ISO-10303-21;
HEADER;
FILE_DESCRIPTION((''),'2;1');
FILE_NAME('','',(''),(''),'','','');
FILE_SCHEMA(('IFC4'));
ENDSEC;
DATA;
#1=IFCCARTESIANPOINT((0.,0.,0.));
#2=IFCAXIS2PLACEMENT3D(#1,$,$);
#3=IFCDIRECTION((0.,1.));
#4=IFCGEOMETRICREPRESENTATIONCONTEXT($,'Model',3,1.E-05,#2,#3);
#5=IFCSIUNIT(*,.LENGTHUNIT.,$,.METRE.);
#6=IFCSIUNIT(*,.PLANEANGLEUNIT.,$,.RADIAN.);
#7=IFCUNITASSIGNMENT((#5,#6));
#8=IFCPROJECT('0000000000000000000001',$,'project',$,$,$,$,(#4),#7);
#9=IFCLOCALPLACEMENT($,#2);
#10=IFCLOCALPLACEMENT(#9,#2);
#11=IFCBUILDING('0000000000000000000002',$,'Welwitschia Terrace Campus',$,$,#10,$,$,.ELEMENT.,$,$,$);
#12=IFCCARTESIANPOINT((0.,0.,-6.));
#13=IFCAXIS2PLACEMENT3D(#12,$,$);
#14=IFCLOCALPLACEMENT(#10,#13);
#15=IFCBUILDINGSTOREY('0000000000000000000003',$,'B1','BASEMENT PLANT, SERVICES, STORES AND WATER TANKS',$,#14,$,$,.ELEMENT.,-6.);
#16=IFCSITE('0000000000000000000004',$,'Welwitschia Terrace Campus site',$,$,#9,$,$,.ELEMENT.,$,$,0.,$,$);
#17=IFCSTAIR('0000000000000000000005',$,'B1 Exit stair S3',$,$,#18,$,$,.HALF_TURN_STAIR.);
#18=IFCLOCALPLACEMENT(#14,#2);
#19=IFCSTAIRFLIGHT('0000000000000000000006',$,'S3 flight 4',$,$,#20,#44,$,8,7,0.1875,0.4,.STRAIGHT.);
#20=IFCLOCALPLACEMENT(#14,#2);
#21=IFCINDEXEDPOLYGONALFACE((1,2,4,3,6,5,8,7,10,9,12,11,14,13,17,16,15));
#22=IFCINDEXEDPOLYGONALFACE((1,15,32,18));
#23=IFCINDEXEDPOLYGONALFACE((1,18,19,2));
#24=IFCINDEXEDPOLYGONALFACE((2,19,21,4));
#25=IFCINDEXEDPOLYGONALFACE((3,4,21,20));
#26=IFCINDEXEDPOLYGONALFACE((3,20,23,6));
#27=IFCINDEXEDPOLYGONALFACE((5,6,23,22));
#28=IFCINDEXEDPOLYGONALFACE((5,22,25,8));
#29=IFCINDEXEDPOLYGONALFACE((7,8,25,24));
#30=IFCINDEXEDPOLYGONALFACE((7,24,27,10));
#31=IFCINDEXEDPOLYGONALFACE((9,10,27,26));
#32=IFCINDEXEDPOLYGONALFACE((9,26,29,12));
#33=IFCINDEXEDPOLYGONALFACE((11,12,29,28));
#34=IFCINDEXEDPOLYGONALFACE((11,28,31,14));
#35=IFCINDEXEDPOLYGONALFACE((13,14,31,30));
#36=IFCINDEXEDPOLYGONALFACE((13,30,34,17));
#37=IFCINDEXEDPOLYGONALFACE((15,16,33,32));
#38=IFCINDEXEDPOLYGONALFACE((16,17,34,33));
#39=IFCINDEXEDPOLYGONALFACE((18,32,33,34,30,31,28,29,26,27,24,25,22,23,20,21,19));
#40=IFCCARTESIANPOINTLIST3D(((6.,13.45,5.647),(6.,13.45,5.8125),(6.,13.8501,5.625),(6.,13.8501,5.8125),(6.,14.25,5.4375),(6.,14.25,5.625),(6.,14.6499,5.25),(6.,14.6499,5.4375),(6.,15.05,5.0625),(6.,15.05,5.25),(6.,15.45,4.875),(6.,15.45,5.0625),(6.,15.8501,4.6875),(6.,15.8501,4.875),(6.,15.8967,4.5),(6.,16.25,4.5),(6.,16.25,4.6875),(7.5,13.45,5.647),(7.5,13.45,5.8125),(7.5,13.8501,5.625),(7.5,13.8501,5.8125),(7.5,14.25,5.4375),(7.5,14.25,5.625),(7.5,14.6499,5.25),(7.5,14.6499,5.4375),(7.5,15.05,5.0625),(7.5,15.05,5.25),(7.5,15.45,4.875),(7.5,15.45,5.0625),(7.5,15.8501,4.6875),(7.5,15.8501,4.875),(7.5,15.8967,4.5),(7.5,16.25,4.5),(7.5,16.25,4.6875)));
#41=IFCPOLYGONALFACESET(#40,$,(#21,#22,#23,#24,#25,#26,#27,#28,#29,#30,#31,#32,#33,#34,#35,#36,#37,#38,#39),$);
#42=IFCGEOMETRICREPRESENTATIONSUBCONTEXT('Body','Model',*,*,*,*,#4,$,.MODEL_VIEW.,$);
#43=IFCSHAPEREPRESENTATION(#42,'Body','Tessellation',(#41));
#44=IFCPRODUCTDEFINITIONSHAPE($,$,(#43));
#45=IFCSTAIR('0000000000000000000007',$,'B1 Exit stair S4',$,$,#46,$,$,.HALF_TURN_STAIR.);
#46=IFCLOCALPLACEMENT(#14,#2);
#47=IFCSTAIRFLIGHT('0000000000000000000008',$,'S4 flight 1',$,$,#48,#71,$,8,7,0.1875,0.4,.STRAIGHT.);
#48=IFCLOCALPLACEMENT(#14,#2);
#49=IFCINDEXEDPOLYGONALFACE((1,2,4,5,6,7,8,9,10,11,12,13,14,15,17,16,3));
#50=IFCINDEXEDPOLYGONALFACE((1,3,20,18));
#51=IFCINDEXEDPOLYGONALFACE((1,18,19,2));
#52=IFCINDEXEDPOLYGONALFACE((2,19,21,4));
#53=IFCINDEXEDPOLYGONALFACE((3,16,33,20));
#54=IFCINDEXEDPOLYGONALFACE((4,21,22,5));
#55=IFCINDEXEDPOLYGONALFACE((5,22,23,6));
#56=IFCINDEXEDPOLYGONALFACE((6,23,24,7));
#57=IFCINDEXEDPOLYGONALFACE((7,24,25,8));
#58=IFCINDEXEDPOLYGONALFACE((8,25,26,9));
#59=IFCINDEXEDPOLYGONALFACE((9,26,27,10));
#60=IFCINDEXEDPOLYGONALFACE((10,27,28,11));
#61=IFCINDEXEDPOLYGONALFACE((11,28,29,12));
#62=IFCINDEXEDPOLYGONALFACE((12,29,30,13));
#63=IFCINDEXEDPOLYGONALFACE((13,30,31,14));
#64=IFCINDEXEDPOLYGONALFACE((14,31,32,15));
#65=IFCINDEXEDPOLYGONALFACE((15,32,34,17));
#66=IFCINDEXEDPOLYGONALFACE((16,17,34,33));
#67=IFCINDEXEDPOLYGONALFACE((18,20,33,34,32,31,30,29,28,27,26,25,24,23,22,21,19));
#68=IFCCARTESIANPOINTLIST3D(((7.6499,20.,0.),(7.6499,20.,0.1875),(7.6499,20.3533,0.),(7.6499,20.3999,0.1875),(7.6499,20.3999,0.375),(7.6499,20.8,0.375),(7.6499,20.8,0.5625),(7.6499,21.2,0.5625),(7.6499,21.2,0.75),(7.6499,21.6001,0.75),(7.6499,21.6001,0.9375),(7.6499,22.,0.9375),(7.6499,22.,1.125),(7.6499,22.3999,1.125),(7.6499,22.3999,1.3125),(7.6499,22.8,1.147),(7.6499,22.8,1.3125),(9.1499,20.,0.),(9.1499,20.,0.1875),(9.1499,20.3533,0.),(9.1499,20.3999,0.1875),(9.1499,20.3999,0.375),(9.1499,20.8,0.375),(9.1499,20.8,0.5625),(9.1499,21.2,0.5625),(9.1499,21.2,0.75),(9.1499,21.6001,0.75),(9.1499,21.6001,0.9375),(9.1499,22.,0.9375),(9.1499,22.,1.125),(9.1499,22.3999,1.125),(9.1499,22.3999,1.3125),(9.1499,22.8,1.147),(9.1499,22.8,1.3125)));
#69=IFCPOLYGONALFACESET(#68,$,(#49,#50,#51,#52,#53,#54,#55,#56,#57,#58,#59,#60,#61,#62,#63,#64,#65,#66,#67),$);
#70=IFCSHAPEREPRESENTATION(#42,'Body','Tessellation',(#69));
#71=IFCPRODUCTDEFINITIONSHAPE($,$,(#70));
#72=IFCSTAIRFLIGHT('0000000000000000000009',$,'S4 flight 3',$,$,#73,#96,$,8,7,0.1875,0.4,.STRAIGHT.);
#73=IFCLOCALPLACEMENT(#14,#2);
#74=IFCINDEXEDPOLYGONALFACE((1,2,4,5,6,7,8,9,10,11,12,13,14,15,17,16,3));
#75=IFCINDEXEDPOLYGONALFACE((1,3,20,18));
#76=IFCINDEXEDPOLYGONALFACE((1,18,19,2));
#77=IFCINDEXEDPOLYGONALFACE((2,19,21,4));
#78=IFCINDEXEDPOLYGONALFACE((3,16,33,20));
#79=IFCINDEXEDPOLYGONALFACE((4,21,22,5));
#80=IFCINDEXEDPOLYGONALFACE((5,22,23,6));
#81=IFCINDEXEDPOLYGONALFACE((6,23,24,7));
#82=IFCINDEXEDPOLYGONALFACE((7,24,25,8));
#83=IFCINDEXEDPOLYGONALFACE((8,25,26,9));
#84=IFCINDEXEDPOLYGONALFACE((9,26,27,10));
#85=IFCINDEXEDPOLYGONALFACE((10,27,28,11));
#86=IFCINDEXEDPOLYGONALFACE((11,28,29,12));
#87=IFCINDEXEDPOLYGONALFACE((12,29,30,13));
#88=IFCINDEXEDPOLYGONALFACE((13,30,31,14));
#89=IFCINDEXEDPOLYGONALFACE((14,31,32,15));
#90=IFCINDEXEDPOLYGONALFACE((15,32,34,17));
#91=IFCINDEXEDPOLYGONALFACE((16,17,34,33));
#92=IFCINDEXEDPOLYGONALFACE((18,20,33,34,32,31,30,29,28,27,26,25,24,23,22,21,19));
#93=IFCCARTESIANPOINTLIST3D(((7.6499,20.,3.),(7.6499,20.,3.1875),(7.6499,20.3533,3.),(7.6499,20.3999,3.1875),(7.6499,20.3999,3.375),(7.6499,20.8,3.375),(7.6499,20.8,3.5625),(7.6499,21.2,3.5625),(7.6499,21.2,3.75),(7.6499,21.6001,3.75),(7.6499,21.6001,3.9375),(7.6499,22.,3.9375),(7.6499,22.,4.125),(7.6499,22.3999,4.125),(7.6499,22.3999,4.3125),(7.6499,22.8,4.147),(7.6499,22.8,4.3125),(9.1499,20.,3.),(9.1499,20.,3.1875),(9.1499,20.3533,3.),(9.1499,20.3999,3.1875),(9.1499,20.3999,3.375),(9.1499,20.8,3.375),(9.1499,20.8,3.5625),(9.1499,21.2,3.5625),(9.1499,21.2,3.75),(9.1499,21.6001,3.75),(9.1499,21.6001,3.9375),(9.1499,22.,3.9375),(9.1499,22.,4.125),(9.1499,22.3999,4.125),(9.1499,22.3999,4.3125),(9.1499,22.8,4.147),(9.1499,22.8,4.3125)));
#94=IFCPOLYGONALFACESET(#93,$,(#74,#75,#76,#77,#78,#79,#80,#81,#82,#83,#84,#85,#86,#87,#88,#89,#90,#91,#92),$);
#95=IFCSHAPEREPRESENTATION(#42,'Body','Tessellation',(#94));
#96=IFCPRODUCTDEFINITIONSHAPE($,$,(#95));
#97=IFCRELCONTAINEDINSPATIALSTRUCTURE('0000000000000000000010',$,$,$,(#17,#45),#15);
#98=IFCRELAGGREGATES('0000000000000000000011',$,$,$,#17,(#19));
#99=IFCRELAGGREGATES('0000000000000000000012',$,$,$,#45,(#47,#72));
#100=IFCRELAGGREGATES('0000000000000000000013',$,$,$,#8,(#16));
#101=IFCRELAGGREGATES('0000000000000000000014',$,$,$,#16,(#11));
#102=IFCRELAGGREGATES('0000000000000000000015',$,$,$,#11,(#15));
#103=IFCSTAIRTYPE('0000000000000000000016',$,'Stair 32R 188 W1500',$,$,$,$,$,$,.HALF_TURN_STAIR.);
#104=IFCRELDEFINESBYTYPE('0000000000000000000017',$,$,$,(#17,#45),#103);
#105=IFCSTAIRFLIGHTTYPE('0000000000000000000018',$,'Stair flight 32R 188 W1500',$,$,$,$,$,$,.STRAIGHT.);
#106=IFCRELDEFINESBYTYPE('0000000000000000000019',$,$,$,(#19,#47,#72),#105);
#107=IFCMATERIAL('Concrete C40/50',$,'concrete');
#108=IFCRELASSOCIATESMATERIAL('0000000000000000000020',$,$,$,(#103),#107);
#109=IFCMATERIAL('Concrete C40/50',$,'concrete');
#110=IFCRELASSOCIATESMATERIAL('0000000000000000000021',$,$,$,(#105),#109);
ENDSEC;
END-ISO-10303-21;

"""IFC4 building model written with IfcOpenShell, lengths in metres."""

from ifc_helpers import new_model, si_unit, direction, frame, origin, place, context, subcontext, project, spatial, polyline, outline, extrude, material, type_object, element, aggregate, save


model = new_model("IFC4")

# Units and contexts
model_context = context("Model", 3, precision=1e-05, world=origin(), true_north=direction((0.0, 1.0)))
body_context = subcontext(model_context, "Body", "Model", "MODEL_VIEW")
ifc_project = project(units=[si_unit("LENGTHUNIT", "METRE"), si_unit("PLANEANGLEUNIT", "RADIAN")], contexts=[model_context])

# Site, building, storey
site_placement = place(None, origin())
site = spatial("IfcSite", under=ifc_project, at=site_placement, Name="Welwitschia Terrace Campus site", CompositionType="ELEMENT", RefElevation=0.0)
building_placement = place(site_placement, origin())
building = spatial("IfcBuilding", under=site, at=building_placement, Name="Welwitschia Terrace Campus", CompositionType="ELEMENT")
storey_placement = place(building_placement, frame((0.0, 0.0, -6.0)))
storey = spatial("IfcBuildingStorey", under=building, at=storey_placement, Name="B1", Description="BASEMENT PLANT, SERVICES, STORES AND WATER TANKS", CompositionType="ELEMENT", Elevation=-6.0)

# Stairs, stair flights
ifc_material_1 = material(Name="Concrete C40/50", Category="concrete")
stair_type = type_object("IfcStairType", Name="Stair 32R 188 W1500", PredefinedType="HALF_TURN_STAIR", material=ifc_material_1)
ifc_material_2 = material(Name="Concrete C40/50", Category="concrete")
stair_flight_type = type_object("IfcStairFlightType", Name="Stair flight 32R 188 W1500", PredefinedType="STRAIGHT", material=ifc_material_2)
stair_1_placement = place(storey_placement, origin())
stair_1 = element("IfcStair", 1, at=stair_1_placement, inside=storey, type_object=stair_type, Name="B1 Exit stair S3", PredefinedType="HALF_TURN_STAIR")
stair_flight_1_placement = place(storey_placement, frame((6.75, 16.25, 4.5), z_axis=(0.0, 0.0, 1.0), x_axis=(0.0, -1.0, 0.0)))
stair_flight_1 = element("IfcStairFlight", 2, at=stair_flight_1_placement, type_object=stair_flight_type, Name="S3 flight 4", NumberOfRisers=8, NumberOfTreads=7, PredefinedType="STRAIGHT", RiserHeight=0.1875, TreadLength=0.4, context=body_context, shape_type="SweptSolid", body=[
    extrude(outline(polyline([(0.0, 0.0), (0.0, 0.1875), (0.3999, 0.1875), (0.3999, 0.375), (0.8, 0.375), (0.8, 0.5625), (1.2, 0.5625), (1.2, 0.75), (1.6001, 0.75), (1.6001, 0.9375), (2.0, 0.9375), (2.0, 1.125), (2.3999, 1.125), (2.3999, 1.3125), (2.8, 1.3125), (2.8, 1.5), (2.8, 1.147), (0.3533, 0.0), (0.0, 0.0)])), frame((0.0, 0.75, 0.0), z_axis=(0.0, -1.0, 0.0), x_axis=(1.0, 0.0, 0.0)), (0.0, 0.0, 1.0), 1.5),
])
aggregate(stair_1, [stair_flight_1])
stair_2_placement = place(storey_placement, origin())
stair_2 = element("IfcStair", 3, at=stair_2_placement, inside=storey, type_object=stair_type, Name="B1 Exit stair S4", PredefinedType="HALF_TURN_STAIR")
stair_flight_2_placement = place(storey_placement, frame((8.3999, 20.0, 0.0), z_axis=(0.0, 0.0, 1.0), x_axis=(0.0, 1.0, 0.0)))
stair_flight_2 = element("IfcStairFlight", 4, at=stair_flight_2_placement, type_object=stair_flight_type, Name="S4 flight 1", NumberOfRisers=8, NumberOfTreads=7, PredefinedType="STRAIGHT", RiserHeight=0.1875, TreadLength=0.4, context=body_context, shape_type="SweptSolid", body=[
    extrude(outline(polyline([(0.0, 0.0), (0.0, 0.1875), (0.3999, 0.1875), (0.3999, 0.375), (0.8, 0.375), (0.8, 0.5625), (1.2, 0.5625), (1.2, 0.75), (1.6001, 0.75), (1.6001, 0.9375), (2.0, 0.9375), (2.0, 1.125), (2.3999, 1.125), (2.3999, 1.3125), (2.8, 1.3125), (2.8, 1.5), (2.8, 1.147), (0.3533, 0.0), (0.0, 0.0)])), frame((0.0, 0.75, 0.0), z_axis=(0.0, -1.0, 0.0), x_axis=(1.0, 0.0, 0.0)), (0.0, 0.0, 1.0), 1.5),
])
stair_flight_3_placement = place(storey_placement, frame((8.3999, 20.0, 3.0), z_axis=(0.0, 0.0, 1.0), x_axis=(0.0, 1.0, 0.0)))
stair_flight_3 = element("IfcStairFlight", 5, at=stair_flight_3_placement, type_object=stair_flight_type, Name="S4 flight 3", NumberOfRisers=8, NumberOfTreads=7, PredefinedType="STRAIGHT", RiserHeight=0.1875, TreadLength=0.4, context=body_context, shape_type="SweptSolid", body=[
    extrude(outline(polyline([(0.0, 0.0), (0.0, 0.1875), (0.3999, 0.1875), (0.3999, 0.375), (0.8, 0.375), (0.8, 0.5625), (1.2, 0.5625), (1.2, 0.75), (1.6001, 0.75), (1.6001, 0.9375), (2.0, 0.9375), (2.0, 1.125), (2.3999, 1.125), (2.3999, 1.3125), (2.8, 1.3125), (2.8, 1.5), (2.8, 1.147), (0.3533, 0.0), (0.0, 0.0)])), frame((0.0, 0.75, 0.0), z_axis=(0.0, -1.0, 0.0), x_axis=(1.0, 0.0, 0.0)), (0.0, 0.0, 1.0), 1.5),
])
aggregate(stair_2, [stair_flight_2, stair_flight_3])

save(model, "model.ifc")
